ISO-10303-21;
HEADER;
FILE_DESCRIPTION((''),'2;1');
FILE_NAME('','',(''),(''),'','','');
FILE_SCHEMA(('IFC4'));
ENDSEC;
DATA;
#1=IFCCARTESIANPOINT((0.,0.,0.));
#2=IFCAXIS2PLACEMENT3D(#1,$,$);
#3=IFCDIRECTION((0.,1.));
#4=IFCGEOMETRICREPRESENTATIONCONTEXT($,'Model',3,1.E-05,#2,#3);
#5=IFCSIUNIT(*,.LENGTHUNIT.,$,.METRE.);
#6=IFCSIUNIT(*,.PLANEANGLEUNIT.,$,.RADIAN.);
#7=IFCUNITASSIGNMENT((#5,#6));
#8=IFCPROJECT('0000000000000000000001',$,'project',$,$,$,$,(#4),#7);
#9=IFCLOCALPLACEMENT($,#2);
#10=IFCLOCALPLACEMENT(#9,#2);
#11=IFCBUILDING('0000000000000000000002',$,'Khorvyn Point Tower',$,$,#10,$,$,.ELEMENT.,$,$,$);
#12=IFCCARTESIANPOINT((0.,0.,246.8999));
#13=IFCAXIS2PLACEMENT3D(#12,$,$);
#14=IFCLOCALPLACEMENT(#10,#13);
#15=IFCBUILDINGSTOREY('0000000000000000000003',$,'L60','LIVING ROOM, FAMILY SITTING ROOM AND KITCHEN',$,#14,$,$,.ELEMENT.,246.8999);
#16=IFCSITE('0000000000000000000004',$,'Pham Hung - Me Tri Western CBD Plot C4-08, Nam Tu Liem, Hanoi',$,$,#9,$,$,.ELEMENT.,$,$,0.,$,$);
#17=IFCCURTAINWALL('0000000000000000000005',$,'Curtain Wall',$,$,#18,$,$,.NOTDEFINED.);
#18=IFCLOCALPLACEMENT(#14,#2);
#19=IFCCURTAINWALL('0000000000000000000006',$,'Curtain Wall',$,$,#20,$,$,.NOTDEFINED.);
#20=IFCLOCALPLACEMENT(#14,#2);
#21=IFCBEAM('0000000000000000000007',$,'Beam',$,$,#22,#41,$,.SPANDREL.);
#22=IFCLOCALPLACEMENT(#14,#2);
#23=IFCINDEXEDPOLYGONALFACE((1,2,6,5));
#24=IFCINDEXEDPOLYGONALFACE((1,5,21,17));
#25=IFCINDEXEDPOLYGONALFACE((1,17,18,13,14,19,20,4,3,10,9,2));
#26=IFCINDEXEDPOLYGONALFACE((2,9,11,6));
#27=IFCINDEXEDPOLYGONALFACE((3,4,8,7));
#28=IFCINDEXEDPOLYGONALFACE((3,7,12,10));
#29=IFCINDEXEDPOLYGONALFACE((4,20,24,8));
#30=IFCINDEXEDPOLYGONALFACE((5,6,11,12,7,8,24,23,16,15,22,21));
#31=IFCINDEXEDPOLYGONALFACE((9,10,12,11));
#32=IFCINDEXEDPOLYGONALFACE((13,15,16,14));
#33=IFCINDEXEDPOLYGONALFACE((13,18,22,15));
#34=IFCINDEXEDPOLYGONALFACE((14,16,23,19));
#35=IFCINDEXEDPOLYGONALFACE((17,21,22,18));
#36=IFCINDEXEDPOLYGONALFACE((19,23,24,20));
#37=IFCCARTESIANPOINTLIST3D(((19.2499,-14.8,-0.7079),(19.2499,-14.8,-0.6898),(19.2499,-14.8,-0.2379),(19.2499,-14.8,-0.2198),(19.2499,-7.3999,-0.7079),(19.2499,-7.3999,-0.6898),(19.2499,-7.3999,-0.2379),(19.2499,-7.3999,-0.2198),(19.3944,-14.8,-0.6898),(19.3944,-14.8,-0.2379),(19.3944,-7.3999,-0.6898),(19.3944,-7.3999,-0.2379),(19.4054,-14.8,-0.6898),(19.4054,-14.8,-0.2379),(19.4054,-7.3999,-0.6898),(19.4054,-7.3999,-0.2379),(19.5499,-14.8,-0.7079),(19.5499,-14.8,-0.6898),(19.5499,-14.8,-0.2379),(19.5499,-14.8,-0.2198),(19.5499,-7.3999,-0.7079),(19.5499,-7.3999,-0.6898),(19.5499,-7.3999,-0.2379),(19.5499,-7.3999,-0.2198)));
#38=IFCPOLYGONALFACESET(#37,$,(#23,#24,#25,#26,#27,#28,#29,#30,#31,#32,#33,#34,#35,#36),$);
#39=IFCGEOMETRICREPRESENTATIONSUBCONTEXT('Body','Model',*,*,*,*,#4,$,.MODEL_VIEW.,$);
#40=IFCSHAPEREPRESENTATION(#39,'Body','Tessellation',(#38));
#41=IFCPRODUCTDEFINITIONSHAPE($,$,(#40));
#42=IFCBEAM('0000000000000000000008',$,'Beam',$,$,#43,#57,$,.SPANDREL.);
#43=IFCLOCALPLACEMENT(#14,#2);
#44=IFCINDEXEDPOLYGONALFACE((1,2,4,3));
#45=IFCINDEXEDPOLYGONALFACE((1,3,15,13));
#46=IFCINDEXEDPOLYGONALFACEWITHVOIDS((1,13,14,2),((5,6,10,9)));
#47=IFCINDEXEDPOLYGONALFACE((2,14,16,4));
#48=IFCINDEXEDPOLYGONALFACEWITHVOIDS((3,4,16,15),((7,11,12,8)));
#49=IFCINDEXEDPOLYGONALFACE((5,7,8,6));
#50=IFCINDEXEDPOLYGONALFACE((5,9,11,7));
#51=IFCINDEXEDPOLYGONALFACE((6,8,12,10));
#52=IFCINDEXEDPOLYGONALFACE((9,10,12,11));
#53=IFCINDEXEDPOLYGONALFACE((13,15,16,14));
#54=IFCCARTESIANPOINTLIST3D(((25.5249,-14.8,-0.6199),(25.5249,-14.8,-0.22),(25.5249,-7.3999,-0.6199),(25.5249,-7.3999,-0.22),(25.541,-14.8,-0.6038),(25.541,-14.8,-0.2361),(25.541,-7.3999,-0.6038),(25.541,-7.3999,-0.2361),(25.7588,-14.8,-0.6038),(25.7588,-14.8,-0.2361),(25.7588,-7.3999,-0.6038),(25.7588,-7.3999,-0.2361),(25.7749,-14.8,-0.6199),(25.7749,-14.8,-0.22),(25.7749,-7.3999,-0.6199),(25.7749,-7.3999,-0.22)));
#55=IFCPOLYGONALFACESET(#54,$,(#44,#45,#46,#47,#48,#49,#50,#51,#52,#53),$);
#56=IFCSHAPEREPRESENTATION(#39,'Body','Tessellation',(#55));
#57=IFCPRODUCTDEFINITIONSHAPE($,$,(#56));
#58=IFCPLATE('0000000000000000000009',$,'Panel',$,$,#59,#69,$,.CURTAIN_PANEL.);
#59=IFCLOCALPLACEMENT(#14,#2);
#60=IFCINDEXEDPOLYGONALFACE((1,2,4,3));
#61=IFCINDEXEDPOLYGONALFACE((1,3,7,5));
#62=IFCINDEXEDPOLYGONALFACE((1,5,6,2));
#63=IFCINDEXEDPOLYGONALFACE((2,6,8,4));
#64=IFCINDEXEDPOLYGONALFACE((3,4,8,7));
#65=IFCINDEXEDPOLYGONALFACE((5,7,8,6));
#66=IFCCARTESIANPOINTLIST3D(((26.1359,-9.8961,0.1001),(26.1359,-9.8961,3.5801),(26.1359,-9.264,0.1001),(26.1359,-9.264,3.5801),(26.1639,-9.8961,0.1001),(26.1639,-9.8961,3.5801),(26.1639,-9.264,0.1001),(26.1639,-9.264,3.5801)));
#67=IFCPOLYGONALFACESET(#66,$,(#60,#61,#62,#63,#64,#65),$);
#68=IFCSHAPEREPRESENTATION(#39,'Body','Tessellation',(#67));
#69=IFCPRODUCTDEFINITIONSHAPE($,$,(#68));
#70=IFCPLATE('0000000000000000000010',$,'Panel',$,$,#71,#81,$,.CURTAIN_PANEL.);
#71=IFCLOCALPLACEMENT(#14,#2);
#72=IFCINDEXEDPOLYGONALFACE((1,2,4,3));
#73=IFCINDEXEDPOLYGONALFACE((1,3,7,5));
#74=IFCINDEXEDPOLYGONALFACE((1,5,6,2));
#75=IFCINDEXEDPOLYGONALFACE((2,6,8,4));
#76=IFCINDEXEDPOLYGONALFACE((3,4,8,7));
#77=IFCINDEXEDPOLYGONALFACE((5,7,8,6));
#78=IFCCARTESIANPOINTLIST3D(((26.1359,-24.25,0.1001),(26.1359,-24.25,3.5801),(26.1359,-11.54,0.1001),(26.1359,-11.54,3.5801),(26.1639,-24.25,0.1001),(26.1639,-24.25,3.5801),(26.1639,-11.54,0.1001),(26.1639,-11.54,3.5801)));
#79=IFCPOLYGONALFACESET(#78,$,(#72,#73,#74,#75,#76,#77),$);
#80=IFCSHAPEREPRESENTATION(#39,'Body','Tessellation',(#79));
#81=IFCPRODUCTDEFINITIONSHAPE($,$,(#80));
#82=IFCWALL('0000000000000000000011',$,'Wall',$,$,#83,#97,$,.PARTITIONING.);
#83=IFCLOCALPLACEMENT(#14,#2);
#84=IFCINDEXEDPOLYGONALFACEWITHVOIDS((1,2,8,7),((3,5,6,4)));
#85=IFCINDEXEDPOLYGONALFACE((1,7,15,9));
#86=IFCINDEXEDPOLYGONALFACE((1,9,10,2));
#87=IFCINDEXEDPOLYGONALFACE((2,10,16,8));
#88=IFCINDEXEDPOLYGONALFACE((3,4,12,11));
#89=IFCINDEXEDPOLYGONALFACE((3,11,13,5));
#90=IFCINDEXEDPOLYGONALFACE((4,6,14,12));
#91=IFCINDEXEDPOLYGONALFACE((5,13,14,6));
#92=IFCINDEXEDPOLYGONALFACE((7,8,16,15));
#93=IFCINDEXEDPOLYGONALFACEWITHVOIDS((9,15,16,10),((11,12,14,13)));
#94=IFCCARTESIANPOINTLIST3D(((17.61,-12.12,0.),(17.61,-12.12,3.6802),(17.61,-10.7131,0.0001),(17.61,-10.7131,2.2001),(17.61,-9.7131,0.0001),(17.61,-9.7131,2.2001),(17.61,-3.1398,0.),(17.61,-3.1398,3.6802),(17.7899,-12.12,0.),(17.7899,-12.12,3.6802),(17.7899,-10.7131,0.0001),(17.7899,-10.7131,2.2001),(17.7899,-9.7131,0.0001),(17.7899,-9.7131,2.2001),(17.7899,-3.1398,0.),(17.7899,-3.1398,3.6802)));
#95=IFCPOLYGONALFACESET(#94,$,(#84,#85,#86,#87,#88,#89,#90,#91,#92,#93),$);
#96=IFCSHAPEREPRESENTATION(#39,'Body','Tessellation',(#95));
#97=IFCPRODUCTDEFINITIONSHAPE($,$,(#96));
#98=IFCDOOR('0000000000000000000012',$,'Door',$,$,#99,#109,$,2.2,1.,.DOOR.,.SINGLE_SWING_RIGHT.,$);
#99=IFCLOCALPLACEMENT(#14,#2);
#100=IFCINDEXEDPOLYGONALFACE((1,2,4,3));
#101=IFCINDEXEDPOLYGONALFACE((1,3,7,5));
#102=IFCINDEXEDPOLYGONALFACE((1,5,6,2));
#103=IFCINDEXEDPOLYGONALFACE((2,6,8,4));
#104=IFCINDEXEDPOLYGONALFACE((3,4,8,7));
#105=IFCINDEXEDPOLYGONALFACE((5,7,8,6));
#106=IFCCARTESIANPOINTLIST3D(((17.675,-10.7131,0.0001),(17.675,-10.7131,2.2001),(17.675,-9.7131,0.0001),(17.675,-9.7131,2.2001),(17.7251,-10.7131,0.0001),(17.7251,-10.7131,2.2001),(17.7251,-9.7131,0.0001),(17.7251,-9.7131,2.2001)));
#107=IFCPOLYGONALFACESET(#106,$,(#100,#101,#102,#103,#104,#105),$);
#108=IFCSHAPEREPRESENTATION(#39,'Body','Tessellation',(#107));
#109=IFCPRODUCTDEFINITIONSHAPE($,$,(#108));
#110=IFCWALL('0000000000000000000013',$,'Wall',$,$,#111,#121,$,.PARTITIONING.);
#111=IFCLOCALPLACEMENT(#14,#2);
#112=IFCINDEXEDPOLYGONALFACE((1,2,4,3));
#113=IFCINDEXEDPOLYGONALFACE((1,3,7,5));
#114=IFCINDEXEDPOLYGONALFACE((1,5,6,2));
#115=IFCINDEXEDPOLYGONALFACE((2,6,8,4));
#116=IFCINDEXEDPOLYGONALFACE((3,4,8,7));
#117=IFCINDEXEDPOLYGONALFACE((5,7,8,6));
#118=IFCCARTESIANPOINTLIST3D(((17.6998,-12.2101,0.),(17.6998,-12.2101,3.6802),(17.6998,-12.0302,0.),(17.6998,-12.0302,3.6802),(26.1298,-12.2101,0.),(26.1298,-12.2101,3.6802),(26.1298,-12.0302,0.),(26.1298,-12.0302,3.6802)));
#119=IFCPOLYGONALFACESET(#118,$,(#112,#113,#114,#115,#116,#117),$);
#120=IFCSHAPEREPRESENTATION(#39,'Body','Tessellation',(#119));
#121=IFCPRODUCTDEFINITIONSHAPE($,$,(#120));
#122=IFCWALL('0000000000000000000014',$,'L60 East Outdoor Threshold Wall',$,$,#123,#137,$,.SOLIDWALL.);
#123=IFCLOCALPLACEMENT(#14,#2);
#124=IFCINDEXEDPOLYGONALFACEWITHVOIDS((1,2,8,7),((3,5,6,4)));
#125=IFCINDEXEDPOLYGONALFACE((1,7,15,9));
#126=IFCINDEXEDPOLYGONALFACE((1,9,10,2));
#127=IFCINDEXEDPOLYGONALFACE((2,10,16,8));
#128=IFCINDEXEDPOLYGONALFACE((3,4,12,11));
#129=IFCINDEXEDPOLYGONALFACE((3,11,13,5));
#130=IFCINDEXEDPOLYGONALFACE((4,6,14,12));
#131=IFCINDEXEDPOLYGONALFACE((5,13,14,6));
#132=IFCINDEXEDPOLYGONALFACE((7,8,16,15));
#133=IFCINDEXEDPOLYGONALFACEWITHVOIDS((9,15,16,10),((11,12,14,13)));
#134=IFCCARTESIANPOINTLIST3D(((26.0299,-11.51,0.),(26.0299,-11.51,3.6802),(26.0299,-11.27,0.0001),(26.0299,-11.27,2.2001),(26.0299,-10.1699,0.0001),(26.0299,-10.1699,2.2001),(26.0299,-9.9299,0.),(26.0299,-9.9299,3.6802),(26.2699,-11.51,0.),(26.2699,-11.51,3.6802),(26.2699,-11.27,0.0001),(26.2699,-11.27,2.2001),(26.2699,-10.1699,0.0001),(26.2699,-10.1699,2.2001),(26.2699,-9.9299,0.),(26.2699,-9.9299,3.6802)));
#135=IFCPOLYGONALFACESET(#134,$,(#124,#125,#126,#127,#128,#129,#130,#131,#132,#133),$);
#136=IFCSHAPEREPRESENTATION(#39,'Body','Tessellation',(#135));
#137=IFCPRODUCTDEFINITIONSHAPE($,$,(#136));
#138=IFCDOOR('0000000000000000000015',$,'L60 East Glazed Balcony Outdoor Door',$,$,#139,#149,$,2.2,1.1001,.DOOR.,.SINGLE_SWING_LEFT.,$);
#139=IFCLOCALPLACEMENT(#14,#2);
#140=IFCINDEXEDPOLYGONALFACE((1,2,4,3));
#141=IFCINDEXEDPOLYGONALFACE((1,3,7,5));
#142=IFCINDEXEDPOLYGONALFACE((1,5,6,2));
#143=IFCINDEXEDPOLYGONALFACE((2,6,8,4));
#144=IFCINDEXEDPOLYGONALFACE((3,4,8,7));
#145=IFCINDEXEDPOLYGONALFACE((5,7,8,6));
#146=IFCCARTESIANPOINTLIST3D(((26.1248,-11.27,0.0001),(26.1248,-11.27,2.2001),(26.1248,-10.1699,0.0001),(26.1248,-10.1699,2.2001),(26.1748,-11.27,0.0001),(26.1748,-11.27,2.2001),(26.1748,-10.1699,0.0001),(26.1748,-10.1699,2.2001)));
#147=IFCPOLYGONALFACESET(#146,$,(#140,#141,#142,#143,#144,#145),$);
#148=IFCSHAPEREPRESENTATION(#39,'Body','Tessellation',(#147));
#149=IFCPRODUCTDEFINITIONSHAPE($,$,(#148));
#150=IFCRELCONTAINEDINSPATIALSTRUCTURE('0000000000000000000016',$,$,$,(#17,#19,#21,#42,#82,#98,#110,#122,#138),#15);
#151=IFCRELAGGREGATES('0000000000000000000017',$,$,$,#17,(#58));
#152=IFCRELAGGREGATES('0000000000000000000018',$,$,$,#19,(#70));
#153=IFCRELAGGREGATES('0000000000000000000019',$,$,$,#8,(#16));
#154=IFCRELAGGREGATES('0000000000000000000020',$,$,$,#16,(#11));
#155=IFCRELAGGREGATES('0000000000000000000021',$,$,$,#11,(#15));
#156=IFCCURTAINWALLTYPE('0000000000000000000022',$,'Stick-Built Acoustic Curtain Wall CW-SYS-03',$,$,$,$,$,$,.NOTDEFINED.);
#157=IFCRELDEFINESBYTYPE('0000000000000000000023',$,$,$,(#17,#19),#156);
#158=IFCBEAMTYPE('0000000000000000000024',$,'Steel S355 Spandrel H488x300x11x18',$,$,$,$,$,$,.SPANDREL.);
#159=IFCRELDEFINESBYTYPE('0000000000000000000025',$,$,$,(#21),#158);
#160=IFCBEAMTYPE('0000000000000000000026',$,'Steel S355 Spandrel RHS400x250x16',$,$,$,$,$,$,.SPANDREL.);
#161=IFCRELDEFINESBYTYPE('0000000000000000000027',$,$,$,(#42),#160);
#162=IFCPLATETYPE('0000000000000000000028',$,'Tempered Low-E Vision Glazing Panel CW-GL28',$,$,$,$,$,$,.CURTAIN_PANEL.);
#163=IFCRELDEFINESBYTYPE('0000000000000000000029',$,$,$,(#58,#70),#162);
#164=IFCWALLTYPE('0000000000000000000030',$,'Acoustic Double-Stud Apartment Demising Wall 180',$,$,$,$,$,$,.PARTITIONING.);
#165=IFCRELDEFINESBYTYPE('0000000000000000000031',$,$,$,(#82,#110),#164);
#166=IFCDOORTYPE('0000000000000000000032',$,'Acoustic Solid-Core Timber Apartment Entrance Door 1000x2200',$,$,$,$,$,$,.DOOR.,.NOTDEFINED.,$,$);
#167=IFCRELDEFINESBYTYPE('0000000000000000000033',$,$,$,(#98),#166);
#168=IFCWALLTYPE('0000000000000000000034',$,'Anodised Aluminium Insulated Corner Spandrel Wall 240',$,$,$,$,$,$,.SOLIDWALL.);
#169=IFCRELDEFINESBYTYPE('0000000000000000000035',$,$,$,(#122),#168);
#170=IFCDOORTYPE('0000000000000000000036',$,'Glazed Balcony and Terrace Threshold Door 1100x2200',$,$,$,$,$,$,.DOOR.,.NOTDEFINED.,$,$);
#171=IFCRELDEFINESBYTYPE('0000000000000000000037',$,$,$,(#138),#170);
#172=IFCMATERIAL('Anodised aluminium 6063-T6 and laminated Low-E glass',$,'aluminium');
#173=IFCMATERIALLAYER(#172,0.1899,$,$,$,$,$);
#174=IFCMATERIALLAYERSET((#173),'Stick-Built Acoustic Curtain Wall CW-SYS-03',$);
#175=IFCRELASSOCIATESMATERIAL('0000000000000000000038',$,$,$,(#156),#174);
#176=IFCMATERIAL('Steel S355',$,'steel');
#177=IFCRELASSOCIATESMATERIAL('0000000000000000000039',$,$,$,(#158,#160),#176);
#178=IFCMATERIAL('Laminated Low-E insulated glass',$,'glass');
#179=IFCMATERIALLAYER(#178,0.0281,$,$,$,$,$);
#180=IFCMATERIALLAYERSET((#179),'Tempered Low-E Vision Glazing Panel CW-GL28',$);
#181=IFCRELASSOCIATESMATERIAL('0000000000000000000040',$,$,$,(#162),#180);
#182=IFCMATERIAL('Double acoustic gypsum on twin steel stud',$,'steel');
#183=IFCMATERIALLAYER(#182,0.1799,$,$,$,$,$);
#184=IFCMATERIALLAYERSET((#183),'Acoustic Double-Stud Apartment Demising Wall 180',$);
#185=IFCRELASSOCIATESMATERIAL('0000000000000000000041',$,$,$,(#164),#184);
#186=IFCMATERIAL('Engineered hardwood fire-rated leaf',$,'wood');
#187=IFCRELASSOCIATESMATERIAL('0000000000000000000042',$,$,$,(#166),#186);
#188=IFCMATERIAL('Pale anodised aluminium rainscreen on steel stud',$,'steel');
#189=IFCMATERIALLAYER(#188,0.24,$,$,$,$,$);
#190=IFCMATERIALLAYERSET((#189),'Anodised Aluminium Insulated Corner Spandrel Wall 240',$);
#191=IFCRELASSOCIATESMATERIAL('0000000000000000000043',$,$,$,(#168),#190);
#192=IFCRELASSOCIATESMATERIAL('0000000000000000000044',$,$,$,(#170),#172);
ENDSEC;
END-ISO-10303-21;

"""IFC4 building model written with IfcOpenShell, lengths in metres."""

from ifc_helpers import new_model, si_unit, direction, frame, frame_2d, origin, origin_2d, place, context, subcontext, project, spatial, rectangle, hollow_rectangle, i_section, extrude, material, layer, layer_set, material_profile, profile_set, type_object, element, fill, aggregate, save


model = new_model("IFC4")

# Units and contexts
model_context = context("Model", 3, precision=1e-05, world=origin(), true_north=direction((0.0, 1.0)))
body_context = subcontext(model_context, "Body", "Model", "MODEL_VIEW")
ifc_project = project(units=[si_unit("LENGTHUNIT", "METRE"), si_unit("PLANEANGLEUNIT", "RADIAN")], contexts=[model_context])

# Site, building, storey
site_placement = place(None, origin())
site = spatial("IfcSite", under=ifc_project, at=site_placement, Name="Pham Hung - Me Tri Western CBD Plot C4-08, Nam Tu Liem, Hanoi", CompositionType="ELEMENT", RefElevation=0.0)
building_placement = place(site_placement, origin())
building = spatial("IfcBuilding", under=site, at=building_placement, Name="Khorvyn Point Tower", CompositionType="ELEMENT")
storey_placement = place(building_placement, frame((0.0, 0.0, 246.8999)))
storey = spatial("IfcBuildingStorey", under=building, at=storey_placement, Name="L60", Description="LIVING ROOM, FAMILY SITTING ROOM AND KITCHEN", CompositionType="ELEMENT", Elevation=246.8999)

# Curtain wall
ifc_material_1 = material(Name="Anodised aluminium 6063-T6 and laminated Low-E glass", Category="aluminium")
ifc_layer_1 = layer(ifc_material_1, 0.1899)
ifc_layer_set_1 = layer_set([ifc_layer_1], Name="Stick-Built Acoustic Curtain Wall CW-SYS-03")
curtain_wall_type = type_object("IfcCurtainWallType", Name="Stick-Built Acoustic Curtain Wall CW-SYS-03", PredefinedType="NOTDEFINED", material=ifc_layer_set_1)
curtain_wall_1_placement = place(storey_placement, origin())
curtain_wall_1 = element("IfcCurtainWall", 1, at=curtain_wall_1_placement, inside=storey, type_object=curtain_wall_type, Name="Curtain Wall", PredefinedType="NOTDEFINED")

# Curtain wall
curtain_wall_2_placement = place(storey_placement, origin())
curtain_wall_2 = element("IfcCurtainWall", 2, at=curtain_wall_2_placement, inside=storey, type_object=curtain_wall_type, Name="Curtain Wall", PredefinedType="NOTDEFINED")

# Beams
ifc_material_2 = material(Name="Steel S355", Category="steel")
ifc_material_profile_1 = material_profile(ifc_material_2, i_section(OverallWidth=0.3, OverallDepth=0.488, WebThickness=0.011, FlangeThickness=0.0181, at=origin_2d()))
ifc_profile_set_1 = profile_set([ifc_material_profile_1], Name="Steel S355 H488x300x11x18")
beam_type_1 = type_object("IfcBeamType", Name="Steel S355 Spandrel H488x300x11x18", PredefinedType="SPANDREL", material=ifc_profile_set_1)
for number, where, z_axis, x_axis, name in (
    (3, (19.3999, -14.8, -0.4639), (0.0, 1.0, 0.0), (-1.0, 0.0, 0.0), "Beam"),
):
    element("IfcBeam", number, at=place(storey_placement, frame(where, z_axis=z_axis, x_axis=x_axis)), inside=storey, type_object=beam_type_1, Name=name, PredefinedType="SPANDREL", context=body_context, shape_type="SweptSolid", body=[
        extrude(i_section(OverallWidth=0.3, OverallDepth=0.488, WebThickness=0.011, FlangeThickness=0.0181, at=origin_2d()), origin(), (0.0, 0.0, 1.0), 7.4001),
    ])
ifc_material_profile_2 = material_profile(ifc_material_2, hollow_rectangle(XDim=0.25, YDim=0.3999, WallThickness=0.0161, at=origin_2d()))
ifc_profile_set_2 = profile_set([ifc_material_profile_2], Name="Steel S355 RHS400x250x16")
beam_type_2 = type_object("IfcBeamType", Name="Steel S355 Spandrel RHS400x250x16", PredefinedType="SPANDREL", material=ifc_profile_set_2)
beam_1_placement = place(storey_placement, frame((25.6499, -14.8, -0.4199), z_axis=(0.0, 1.0, 0.0), x_axis=(-1.0, 0.0, 0.0)))
element("IfcBeam", 4, at=beam_1_placement, inside=storey, type_object=beam_type_2, Name="Beam", PredefinedType="SPANDREL", context=body_context, shape_type="SweptSolid", body=[
    extrude(hollow_rectangle(XDim=0.25, YDim=0.3999, WallThickness=0.0161, at=origin_2d()), origin(), (0.0, 0.0, 1.0), 7.4001),
])

# Plates
ifc_material_3 = material(Name="Laminated Low-E insulated glass", Category="glass")
ifc_layer_2 = layer(ifc_material_3, 0.0281)
ifc_layer_set_2 = layer_set([ifc_layer_2], Name="Tempered Low-E Vision Glazing Panel CW-GL28")
plate_type = type_object("IfcPlateType", Name="Tempered Low-E Vision Glazing Panel CW-GL28", PredefinedType="CURTAIN_PANEL", material=ifc_layer_set_2)
plate_1_placement = place(storey_placement, frame((26.1499, -9.5801, 0.1001), z_axis=(0.0, 0.0, 1.0), x_axis=(0.0, -1.0, 0.0)))
plate_1 = element("IfcPlate", 5, at=plate_1_placement, type_object=plate_type, Name="Panel", PredefinedType="CURTAIN_PANEL", context=body_context, shape_type="SweptSolid", body=[
    extrude(rectangle(XDim=0.6321, YDim=0.0281, at=origin_2d()), origin(), (0.0, 0.0, 1.0), 3.48),
])
aggregate(curtain_wall_1, [plate_1])
plate_2_placement = place(storey_placement, frame((26.1499, -17.895, 0.1001), z_axis=(0.0, 0.0, 1.0), x_axis=(0.0, -1.0, 0.0)))
plate_2 = element("IfcPlate", 6, at=plate_2_placement, type_object=plate_type, Name="Panel", PredefinedType="CURTAIN_PANEL", context=body_context, shape_type="SweptSolid", body=[
    extrude(rectangle(XDim=12.71, YDim=0.0281, at=origin_2d()), origin(), (0.0, 0.0, 1.0), 3.48),
])
aggregate(curtain_wall_2, [plate_2])

# Wall, opening, door
ifc_material_4 = material(Name="Double acoustic gypsum on twin steel stud", Category="steel")
ifc_layer_3 = layer(ifc_material_4, 0.1799)
ifc_layer_set_3 = layer_set([ifc_layer_3], Name="Acoustic Double-Stud Apartment Demising Wall 180")
wall_type_1 = type_object("IfcWallType", Name="Acoustic Double-Stud Apartment Demising Wall 180", PredefinedType="PARTITIONING", material=ifc_layer_set_3)
wall_1_placement = place(storey_placement, frame((17.7, -12.1201, 0.0), z_axis=(0.0, 0.0, 1.0), x_axis=(0.0, 1.0, 0.0)))
wall_1 = element("IfcWall", 7, at=wall_1_placement, inside=storey, type_object=wall_type_1, Name="Wall", PredefinedType="PARTITIONING", context=body_context, shape_type="SweptSolid", body=[
    extrude(rectangle(XDim=8.9802, YDim=0.1799, at=frame_2d((4.4902, 0.0))), origin(), (0.0, 0.0, 1.0), 3.6802),
])
opening_1_placement = place(wall_1_placement, frame((1.407, 0.0, 0.0)))
opening_1 = element("IfcOpeningElement", 8, at=opening_1_placement, cuts=wall_1, PredefinedType="OPENING", context=body_context, shape_type="SweptSolid", body=[
    extrude(rectangle(XDim=1.0, YDim=2.2, at=frame_2d((0.5, 1.1001))), frame((0.0, 0.0999, 0.0), z_axis=(0.0, -1.0, 0.0), x_axis=(1.0, 0.0, 0.0)), (0.0, 0.0, 1.0), 0.2),
])
ifc_material_5 = material(Name="Engineered hardwood fire-rated leaf", Category="wood")
door_type_1 = type_object("IfcDoorType", Name="Acoustic Solid-Core Timber Apartment Entrance Door 1000x2200", OperationType="NOTDEFINED", PredefinedType="DOOR", material=ifc_material_5)
door_1_placement = place(opening_1_placement, origin())
door_1 = element("IfcDoor", 9, at=door_1_placement, inside=storey, type_object=door_type_1, Name="Door", OperationType="SINGLE_SWING_RIGHT", OverallHeight=2.2, OverallWidth=1.0, PredefinedType="DOOR", context=body_context, shape_type="SweptSolid", body=[
    extrude(rectangle(XDim=1.0, YDim=2.2, at=frame_2d((0.5, 1.1001))), frame((0.0, 0.0249, 0.0), z_axis=(0.0, -1.0, 0.0), x_axis=(1.0, 0.0, 0.0)), (0.0, 0.0, 1.0), 0.05),
])
fill(opening_1, door_1)

# Wall
wall_2_placement = place(storey_placement, frame((17.7, -12.1201, 0.0), z_axis=(0.0, 0.0, 1.0), x_axis=(1.0, 0.0, 0.0)))
element("IfcWall", 10, at=wall_2_placement, inside=storey, type_object=wall_type_1, Name="Wall", PredefinedType="PARTITIONING", context=body_context, shape_type="SweptSolid", body=[
    extrude(rectangle(XDim=8.4299, YDim=0.1799, at=frame_2d((4.2148, 0.0))), origin(), (0.0, 0.0, 1.0), 3.6802),
])

# Wall, opening, door
ifc_material_6 = material(Name="Pale anodised aluminium rainscreen on steel stud", Category="steel")
ifc_layer_4 = layer(ifc_material_6, 0.24)
ifc_layer_set_4 = layer_set([ifc_layer_4], Name="Anodised Aluminium Insulated Corner Spandrel Wall 240")
wall_type_2 = type_object("IfcWallType", Name="Anodised Aluminium Insulated Corner Spandrel Wall 240", PredefinedType="SOLIDWALL", material=ifc_layer_set_4)
wall_3_placement = place(storey_placement, frame((26.1499, -9.9299, 0.0), z_axis=(0.0, 0.0, 1.0), x_axis=(0.0, -1.0, 0.0)))
wall_3 = element("IfcWall", 11, at=wall_3_placement, inside=storey, type_object=wall_type_2, Name="L60 East Outdoor Threshold Wall", PredefinedType="SOLIDWALL", context=body_context, shape_type="SweptSolid", body=[
    extrude(rectangle(XDim=1.5801, YDim=0.24, at=frame_2d((0.79, 0.0))), origin(), (0.0, 0.0, 1.0), 3.6802),
])
opening_2_placement = place(wall_3_placement, frame((0.24, 0.0, 0.0)))
opening_2 = element("IfcOpeningElement", 12, at=opening_2_placement, cuts=wall_3, PredefinedType="OPENING", context=body_context, shape_type="SweptSolid", body=[
    extrude(rectangle(XDim=1.1001, YDim=2.2, at=frame_2d((0.55, 1.1001))), frame((0.0, 0.1299, 0.0), z_axis=(0.0, -1.0, 0.0), x_axis=(1.0, 0.0, 0.0)), (0.0, 0.0, 1.0), 0.26),
])
door_type_2 = type_object("IfcDoorType", Name="Glazed Balcony and Terrace Threshold Door 1100x2200", OperationType="NOTDEFINED", PredefinedType="DOOR", material=ifc_material_1)
door_2_placement = place(opening_2_placement, origin())
door_2 = element("IfcDoor", 13, at=door_2_placement, inside=storey, type_object=door_type_2, Name="L60 East Glazed Balcony Outdoor Door", OperationType="SINGLE_SWING_LEFT", OverallHeight=2.2, OverallWidth=1.1001, PredefinedType="DOOR", context=body_context, shape_type="SweptSolid", body=[
    extrude(rectangle(XDim=1.1001, YDim=2.2, at=frame_2d((0.55, 1.1001))), frame((0.0, 0.0249, 0.0), z_axis=(0.0, -1.0, 0.0), x_axis=(1.0, 0.0, 0.0)), (0.0, 0.0, 1.0), 0.05),
])
fill(opening_2, door_2)

save(model, "model.ifc")
